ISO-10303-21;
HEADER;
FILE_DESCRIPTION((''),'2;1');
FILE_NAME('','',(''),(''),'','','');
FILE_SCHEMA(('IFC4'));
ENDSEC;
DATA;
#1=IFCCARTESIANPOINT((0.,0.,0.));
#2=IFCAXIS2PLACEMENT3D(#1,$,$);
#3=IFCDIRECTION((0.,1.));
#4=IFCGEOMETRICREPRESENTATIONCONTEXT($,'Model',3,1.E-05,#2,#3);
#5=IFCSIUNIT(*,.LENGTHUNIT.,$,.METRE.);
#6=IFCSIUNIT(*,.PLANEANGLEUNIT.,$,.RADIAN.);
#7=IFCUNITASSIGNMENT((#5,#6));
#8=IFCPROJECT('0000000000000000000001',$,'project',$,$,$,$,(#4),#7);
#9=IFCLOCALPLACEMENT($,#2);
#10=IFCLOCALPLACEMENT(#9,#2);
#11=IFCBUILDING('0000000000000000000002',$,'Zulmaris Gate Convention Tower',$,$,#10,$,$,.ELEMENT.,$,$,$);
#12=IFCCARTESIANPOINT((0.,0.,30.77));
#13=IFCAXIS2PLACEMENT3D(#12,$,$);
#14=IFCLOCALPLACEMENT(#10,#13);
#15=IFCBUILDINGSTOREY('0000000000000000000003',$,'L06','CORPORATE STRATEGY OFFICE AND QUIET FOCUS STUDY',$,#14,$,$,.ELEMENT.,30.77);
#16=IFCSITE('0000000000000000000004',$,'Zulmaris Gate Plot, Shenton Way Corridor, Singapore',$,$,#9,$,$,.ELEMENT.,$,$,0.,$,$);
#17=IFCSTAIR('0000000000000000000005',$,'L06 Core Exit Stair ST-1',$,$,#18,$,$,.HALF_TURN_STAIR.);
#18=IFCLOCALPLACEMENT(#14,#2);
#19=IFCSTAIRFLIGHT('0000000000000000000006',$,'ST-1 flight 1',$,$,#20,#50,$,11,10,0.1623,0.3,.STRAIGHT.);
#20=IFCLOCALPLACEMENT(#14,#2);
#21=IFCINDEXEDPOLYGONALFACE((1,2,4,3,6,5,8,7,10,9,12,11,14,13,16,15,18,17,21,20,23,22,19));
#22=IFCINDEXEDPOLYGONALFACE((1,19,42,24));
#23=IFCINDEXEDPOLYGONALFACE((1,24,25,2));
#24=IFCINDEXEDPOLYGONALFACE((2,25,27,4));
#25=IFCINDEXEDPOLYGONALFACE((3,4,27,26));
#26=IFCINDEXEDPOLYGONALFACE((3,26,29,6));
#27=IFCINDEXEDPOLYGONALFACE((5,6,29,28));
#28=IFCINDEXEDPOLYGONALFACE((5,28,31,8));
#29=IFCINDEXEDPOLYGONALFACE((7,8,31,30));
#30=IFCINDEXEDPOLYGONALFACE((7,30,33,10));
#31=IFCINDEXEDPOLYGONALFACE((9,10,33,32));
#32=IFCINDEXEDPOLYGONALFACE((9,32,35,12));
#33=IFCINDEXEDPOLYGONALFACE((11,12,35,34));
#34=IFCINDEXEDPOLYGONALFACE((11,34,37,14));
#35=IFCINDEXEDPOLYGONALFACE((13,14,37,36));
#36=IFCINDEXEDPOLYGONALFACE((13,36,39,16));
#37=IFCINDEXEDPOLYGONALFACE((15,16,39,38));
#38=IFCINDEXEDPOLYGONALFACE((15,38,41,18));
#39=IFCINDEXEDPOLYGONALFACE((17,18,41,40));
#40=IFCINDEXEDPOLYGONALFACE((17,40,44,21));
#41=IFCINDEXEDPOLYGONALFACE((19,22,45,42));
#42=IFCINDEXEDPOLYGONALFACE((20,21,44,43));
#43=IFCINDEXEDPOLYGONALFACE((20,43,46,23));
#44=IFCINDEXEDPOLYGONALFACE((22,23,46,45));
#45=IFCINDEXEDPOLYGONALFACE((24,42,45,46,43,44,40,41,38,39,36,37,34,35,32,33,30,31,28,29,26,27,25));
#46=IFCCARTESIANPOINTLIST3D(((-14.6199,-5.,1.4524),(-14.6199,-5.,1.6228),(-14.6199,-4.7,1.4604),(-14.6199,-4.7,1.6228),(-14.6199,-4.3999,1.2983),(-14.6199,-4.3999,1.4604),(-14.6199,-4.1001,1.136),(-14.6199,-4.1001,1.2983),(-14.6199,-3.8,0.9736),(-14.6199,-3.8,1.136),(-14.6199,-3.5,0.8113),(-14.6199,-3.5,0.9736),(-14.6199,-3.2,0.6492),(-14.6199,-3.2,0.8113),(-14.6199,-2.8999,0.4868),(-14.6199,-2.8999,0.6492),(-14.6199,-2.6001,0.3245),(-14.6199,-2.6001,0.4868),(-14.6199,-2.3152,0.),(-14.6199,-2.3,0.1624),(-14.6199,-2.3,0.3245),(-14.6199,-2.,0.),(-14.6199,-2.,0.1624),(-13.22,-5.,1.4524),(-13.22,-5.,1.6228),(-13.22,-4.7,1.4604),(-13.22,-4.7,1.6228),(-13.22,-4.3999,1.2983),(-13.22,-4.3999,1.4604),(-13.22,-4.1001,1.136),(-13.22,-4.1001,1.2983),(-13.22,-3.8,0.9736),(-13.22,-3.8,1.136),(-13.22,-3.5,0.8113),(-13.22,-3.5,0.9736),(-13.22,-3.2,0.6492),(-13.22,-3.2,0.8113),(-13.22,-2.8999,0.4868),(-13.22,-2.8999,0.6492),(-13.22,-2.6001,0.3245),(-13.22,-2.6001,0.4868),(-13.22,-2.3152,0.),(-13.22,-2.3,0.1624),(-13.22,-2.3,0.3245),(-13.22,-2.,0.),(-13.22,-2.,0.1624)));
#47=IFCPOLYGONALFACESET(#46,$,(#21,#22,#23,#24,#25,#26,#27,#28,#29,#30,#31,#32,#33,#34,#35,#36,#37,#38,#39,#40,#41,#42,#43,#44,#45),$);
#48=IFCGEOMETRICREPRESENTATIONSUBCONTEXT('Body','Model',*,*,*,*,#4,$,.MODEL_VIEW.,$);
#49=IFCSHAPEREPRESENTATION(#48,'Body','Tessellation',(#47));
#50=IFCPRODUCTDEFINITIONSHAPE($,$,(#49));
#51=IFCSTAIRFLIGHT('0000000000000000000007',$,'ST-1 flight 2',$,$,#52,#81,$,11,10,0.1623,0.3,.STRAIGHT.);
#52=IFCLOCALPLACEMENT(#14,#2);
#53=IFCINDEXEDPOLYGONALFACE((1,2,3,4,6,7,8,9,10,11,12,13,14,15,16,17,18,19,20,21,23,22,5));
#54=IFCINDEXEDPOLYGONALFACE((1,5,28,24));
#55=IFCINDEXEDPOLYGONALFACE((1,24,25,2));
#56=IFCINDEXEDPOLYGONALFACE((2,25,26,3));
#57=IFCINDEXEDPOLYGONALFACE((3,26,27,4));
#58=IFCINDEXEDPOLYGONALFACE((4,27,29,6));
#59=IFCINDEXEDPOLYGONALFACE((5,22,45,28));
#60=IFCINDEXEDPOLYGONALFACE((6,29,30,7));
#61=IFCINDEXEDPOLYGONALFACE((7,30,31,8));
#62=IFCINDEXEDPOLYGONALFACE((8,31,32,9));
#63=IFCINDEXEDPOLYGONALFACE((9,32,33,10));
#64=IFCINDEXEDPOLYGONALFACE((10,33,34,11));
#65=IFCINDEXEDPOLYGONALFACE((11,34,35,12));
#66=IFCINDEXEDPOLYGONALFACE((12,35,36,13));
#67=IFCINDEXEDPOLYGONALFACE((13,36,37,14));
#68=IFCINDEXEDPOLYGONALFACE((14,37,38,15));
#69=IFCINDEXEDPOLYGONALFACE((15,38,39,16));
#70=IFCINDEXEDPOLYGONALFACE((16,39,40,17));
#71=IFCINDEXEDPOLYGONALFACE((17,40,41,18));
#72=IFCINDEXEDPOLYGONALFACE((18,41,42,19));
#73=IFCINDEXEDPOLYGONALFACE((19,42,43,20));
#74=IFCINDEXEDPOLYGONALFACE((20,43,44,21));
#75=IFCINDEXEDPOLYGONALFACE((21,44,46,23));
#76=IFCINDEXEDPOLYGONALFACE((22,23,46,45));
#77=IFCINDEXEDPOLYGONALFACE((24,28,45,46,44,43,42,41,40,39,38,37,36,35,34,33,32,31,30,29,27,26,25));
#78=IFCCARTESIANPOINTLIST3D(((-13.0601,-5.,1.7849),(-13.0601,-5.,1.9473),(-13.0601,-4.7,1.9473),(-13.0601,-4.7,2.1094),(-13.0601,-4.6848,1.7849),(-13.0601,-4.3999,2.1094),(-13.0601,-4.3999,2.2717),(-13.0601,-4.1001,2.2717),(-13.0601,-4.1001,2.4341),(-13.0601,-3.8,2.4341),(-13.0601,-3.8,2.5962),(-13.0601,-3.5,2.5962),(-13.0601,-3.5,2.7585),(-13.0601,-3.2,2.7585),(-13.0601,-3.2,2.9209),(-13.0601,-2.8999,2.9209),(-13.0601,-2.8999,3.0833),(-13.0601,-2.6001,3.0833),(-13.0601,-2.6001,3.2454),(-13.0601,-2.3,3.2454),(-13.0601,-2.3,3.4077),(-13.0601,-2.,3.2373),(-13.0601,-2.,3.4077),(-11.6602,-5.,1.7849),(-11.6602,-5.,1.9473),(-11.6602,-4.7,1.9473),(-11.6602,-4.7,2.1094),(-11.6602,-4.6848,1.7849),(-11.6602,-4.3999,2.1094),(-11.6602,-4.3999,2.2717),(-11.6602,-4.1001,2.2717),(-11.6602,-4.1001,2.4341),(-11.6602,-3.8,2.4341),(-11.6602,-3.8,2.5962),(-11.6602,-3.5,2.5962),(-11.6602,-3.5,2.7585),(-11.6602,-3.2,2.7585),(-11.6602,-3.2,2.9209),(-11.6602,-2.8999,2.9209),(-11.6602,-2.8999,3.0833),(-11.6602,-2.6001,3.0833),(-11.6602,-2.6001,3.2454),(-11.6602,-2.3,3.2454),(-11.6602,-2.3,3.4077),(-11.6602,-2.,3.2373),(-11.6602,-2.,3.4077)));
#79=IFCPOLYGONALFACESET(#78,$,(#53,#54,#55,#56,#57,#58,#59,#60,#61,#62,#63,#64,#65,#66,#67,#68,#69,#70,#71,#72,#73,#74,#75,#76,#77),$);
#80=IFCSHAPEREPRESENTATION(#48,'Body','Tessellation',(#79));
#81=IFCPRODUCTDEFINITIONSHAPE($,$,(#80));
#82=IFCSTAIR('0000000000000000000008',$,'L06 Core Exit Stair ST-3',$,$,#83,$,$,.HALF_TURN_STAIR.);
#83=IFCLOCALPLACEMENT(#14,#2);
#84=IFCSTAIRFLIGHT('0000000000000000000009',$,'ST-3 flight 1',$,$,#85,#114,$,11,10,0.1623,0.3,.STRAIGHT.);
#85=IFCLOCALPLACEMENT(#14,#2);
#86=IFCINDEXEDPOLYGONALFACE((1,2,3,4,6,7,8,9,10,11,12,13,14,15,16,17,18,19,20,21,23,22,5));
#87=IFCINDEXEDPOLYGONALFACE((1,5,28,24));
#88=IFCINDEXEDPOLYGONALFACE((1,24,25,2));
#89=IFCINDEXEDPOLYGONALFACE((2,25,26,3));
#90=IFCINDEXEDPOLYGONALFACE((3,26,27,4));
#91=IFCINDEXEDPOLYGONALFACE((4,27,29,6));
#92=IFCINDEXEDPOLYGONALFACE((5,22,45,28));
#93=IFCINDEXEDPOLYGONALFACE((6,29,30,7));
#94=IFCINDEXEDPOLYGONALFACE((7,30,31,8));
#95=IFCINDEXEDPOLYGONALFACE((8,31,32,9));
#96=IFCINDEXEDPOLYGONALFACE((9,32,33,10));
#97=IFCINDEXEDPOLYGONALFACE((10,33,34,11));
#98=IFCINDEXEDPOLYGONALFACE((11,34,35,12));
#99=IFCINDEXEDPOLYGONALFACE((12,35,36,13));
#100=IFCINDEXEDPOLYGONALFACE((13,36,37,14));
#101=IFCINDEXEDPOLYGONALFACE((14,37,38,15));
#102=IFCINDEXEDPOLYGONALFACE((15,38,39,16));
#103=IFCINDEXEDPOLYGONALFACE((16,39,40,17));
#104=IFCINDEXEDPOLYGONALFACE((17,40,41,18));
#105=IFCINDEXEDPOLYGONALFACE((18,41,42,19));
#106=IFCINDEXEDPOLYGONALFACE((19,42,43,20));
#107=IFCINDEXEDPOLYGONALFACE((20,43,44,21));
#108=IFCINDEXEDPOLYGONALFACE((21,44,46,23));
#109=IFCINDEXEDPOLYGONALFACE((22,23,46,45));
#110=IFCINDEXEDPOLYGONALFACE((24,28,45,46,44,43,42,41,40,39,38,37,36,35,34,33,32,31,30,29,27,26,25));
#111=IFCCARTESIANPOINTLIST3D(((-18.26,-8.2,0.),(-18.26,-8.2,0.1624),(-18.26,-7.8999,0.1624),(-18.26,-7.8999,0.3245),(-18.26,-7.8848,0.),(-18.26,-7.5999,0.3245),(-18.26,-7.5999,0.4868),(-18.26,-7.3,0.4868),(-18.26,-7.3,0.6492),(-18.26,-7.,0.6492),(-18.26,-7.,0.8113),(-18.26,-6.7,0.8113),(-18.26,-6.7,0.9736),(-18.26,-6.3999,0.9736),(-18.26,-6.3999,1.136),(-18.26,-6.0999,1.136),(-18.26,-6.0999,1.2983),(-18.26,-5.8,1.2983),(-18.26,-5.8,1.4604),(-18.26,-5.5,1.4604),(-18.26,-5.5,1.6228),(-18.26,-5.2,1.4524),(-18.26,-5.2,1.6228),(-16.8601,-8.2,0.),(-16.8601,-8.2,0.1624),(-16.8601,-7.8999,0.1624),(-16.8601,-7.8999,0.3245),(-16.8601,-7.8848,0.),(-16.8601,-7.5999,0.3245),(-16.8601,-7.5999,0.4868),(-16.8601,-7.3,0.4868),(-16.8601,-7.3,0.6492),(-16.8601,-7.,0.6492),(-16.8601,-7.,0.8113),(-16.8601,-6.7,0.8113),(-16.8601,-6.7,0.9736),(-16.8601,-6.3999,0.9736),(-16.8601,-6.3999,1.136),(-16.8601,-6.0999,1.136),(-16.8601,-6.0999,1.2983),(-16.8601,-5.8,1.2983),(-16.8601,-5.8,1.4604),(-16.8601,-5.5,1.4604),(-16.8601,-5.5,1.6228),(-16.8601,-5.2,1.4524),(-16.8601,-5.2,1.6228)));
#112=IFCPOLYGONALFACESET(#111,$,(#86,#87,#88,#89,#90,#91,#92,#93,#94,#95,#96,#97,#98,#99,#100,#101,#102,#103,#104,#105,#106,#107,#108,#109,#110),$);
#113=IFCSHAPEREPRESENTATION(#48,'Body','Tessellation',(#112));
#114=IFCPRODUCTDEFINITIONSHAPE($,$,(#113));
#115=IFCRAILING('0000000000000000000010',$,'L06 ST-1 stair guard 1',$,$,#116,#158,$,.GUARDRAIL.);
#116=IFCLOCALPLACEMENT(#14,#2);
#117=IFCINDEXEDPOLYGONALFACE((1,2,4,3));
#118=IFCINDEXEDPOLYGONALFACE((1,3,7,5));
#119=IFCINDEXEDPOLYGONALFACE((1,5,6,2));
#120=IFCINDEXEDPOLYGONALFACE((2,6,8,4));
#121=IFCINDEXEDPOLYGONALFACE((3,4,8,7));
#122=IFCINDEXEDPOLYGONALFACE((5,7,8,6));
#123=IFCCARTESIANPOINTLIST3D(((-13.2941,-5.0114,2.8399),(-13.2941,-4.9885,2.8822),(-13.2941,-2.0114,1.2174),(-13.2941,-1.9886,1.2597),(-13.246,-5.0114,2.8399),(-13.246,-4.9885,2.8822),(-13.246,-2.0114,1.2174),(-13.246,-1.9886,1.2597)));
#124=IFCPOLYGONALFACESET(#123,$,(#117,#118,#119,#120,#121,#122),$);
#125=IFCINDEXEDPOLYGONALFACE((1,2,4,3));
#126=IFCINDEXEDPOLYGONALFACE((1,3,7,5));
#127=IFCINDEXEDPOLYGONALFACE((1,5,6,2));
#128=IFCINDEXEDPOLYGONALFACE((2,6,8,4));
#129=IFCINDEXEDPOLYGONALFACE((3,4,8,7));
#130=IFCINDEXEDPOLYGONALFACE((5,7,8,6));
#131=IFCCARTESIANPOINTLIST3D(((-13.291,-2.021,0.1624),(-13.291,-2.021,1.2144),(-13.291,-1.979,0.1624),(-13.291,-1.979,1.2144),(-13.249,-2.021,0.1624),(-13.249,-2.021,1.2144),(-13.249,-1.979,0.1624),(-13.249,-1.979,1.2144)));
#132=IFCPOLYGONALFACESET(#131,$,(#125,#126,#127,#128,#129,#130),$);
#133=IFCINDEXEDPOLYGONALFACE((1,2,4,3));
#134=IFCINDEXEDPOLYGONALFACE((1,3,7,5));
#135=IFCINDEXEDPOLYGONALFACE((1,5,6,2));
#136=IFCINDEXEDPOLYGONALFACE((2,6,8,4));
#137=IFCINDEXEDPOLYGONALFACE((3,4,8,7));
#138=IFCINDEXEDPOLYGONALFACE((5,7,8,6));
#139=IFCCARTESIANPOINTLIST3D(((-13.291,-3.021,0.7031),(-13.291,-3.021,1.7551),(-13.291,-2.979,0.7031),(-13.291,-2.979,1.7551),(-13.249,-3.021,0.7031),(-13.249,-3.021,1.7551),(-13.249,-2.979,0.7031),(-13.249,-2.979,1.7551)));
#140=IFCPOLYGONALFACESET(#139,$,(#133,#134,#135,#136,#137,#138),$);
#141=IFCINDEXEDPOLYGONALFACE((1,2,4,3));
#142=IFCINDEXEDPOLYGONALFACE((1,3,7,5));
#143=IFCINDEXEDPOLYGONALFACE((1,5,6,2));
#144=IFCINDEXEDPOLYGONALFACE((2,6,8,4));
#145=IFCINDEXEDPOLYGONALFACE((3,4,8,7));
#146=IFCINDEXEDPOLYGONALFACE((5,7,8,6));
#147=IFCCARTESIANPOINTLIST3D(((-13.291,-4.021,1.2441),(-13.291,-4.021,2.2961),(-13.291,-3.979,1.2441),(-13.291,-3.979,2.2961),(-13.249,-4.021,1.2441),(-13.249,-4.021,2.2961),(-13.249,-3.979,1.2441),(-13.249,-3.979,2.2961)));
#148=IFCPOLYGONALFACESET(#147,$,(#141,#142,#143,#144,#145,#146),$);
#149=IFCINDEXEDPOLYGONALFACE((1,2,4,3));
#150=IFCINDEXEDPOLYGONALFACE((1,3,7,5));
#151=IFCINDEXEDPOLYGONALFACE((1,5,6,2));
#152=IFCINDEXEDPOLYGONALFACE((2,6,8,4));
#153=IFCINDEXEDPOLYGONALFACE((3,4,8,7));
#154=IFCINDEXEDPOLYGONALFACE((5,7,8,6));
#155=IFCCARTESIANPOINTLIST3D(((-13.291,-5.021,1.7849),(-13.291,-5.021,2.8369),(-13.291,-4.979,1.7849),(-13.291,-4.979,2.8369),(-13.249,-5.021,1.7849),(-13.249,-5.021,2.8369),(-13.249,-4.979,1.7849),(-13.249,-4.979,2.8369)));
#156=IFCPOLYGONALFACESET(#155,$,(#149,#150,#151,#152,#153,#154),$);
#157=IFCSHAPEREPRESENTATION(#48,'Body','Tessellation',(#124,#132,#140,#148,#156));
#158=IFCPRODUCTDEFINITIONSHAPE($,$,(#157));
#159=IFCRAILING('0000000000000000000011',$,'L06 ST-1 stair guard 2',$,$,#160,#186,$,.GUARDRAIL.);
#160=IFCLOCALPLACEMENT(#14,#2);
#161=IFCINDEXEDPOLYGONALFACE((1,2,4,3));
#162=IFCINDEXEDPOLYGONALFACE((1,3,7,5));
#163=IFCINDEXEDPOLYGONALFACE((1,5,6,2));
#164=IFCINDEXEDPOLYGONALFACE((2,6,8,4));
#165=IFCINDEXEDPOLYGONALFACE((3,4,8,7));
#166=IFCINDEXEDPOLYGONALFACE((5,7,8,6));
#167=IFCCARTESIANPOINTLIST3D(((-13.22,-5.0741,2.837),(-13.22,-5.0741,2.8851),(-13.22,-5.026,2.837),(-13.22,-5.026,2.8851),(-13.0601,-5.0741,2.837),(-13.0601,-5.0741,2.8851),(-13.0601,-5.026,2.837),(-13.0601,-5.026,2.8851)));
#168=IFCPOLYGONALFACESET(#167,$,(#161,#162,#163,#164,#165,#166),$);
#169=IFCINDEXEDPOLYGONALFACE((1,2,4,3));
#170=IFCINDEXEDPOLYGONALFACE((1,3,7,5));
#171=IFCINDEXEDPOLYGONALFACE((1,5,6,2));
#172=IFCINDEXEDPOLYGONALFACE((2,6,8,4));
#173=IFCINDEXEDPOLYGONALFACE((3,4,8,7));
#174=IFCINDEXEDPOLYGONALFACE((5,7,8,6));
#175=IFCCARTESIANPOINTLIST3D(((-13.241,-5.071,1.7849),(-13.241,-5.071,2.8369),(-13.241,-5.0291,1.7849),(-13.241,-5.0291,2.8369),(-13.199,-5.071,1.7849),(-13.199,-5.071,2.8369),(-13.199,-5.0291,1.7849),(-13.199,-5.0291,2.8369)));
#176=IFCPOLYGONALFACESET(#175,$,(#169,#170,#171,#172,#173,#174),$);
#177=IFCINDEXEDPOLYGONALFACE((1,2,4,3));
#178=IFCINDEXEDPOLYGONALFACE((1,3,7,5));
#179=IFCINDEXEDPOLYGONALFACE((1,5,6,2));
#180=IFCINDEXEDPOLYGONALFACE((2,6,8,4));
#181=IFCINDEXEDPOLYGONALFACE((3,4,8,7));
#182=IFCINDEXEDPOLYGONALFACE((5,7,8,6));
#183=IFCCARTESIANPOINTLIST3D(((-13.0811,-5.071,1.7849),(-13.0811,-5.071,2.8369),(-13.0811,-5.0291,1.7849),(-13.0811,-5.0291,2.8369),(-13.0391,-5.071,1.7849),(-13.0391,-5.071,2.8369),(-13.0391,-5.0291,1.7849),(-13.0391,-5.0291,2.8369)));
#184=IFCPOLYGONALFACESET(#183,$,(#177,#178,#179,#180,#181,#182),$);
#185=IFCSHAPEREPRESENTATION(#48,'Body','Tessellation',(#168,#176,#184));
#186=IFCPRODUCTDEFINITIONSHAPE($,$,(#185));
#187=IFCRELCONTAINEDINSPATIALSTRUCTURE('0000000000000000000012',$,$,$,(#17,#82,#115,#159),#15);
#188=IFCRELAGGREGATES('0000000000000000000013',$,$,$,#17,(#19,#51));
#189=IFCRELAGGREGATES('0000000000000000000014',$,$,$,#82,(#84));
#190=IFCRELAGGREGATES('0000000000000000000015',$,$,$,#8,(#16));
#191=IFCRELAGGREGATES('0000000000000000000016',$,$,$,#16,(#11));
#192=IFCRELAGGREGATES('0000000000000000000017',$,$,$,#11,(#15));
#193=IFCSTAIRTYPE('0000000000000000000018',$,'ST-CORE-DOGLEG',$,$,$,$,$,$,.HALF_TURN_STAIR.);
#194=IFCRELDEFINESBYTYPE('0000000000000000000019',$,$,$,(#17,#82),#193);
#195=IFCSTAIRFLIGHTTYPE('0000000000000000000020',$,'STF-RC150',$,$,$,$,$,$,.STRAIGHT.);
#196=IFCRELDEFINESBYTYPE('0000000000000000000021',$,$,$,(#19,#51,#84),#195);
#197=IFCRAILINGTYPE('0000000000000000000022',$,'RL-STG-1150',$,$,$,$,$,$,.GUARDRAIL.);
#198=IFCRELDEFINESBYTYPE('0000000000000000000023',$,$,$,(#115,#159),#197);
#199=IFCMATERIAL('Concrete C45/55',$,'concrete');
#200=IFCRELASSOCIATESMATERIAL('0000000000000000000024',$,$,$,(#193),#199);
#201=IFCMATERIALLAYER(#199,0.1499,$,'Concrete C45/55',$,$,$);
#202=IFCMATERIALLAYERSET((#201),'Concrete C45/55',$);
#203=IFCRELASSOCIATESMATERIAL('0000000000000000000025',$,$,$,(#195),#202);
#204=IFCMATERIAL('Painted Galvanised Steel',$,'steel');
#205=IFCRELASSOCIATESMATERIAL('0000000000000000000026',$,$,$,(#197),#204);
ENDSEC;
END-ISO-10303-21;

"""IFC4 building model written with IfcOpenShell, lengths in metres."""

from ifc_helpers import new_model, si_unit, direction, frame, origin, origin_2d, place, context, subcontext, project, spatial, polyline, rectangle, outline, extrude, material, layer, layer_set, type_object, element, aggregate, save


model = new_model("IFC4")

# Units and contexts
model_context = context("Model", 3, precision=1e-05, world=origin(), true_north=direction((0.0, 1.0)))
body_context = subcontext(model_context, "Body", "Model", "MODEL_VIEW")
ifc_project = project(units=[si_unit("LENGTHUNIT", "METRE"), si_unit("PLANEANGLEUNIT", "RADIAN")], contexts=[model_context])

# Site, building, storey
site_placement = place(None, origin())
site = spatial("IfcSite", under=ifc_project, at=site_placement, Name="Zulmaris Gate Plot, Shenton Way Corridor, Singapore", CompositionType="ELEMENT", RefElevation=0.0)
building_placement = place(site_placement, origin())
building = spatial("IfcBuilding", under=site, at=building_placement, Name="Zulmaris Gate Convention Tower", CompositionType="ELEMENT")
storey_placement = place(building_placement, frame((0.0, 0.0, 30.77)))
storey = spatial("IfcBuildingStorey", under=building, at=storey_placement, Name="L06", Description="CORPORATE STRATEGY OFFICE AND QUIET FOCUS STUDY", CompositionType="ELEMENT", Elevation=30.77)

# Stair, stair flights
ifc_material_1 = material(Name="Concrete C45/55", Category="concrete")
stair_type = type_object("IfcStairType", Name="ST-CORE-DOGLEG", PredefinedType="HALF_TURN_STAIR", material=ifc_material_1)
stair_1_placement = place(storey_placement, origin())
stair_1 = element("IfcStair", 1, at=stair_1_placement, inside=storey, type_object=stair_type, Name="L06 Core Exit Stair ST-1", PredefinedType="HALF_TURN_STAIR")
ifc_layer_1 = layer(ifc_material_1, 0.1499, Name="Concrete C45/55")
ifc_layer_set_1 = layer_set([ifc_layer_1], Name="Concrete C45/55")
stair_flight_type = type_object("IfcStairFlightType", Name="STF-RC150", PredefinedType="STRAIGHT", material=ifc_layer_set_1)
stair_flight_1_placement = place(storey_placement, frame((-13.9199, -2.0, 0.0), z_axis=(0.0, 0.0, 1.0), x_axis=(0.0, -1.0, 0.0)))
stair_flight_1 = element("IfcStairFlight", 2, at=stair_flight_1_placement, type_object=stair_flight_type, Name="ST-1 flight 1", NumberOfRisers=11, NumberOfTreads=10, PredefinedType="STRAIGHT", RiserHeight=0.1623, TreadLength=0.3, context=body_context, shape_type="SweptSolid", body=[
    extrude(outline(polyline([(0.0, 0.0), (0.0, 0.1624), (0.3, 0.1624), (0.3, 0.3245), (0.6001, 0.3245), (0.6001, 0.4868), (0.8999, 0.4868), (0.8999, 0.6492), (1.2, 0.6492), (1.2, 0.8113), (1.5, 0.8113), (1.5, 0.9736), (1.8, 0.9736), (1.8, 1.136), (2.1001, 1.136), (2.1001, 1.2983), (2.3999, 1.2983), (2.3999, 1.4604), (2.7, 1.4604), (2.7, 1.6228), (3.0, 1.6228), (3.0, 1.7852), (3.0, 1.4524), (0.3152, 0.0), (0.0, 0.0)])), frame((0.0, 0.7, 0.0), z_axis=(0.0, -1.0, 0.0), x_axis=(1.0, 0.0, 0.0)), (0.0, 0.0, 1.0), 1.3999),
])
stair_flight_2_placement = place(storey_placement, frame((-12.3601, -5.0, 1.7849), z_axis=(0.0, 0.0, 1.0), x_axis=(0.0, 1.0, 0.0)))
stair_flight_2 = element("IfcStairFlight", 3, at=stair_flight_2_placement, type_object=stair_flight_type, Name="ST-1 flight 2", NumberOfRisers=11, NumberOfTreads=10, PredefinedType="STRAIGHT", RiserHeight=0.1623, TreadLength=0.3, context=body_context, shape_type="SweptSolid", body=[
    extrude(outline(polyline([(0.0, 0.0), (0.0, 0.1624), (0.3, 0.1624), (0.3, 0.3245), (0.6001, 0.3245), (0.6001, 0.4868), (0.8999, 0.4868), (0.8999, 0.6492), (1.2, 0.6492), (1.2, 0.8113), (1.5, 0.8113), (1.5, 0.9736), (1.8, 0.9736), (1.8, 1.136), (2.1001, 1.136), (2.1001, 1.2983), (2.3999, 1.2983), (2.3999, 1.4604), (2.7, 1.4604), (2.7, 1.6228), (3.0, 1.6228), (3.0, 1.7852), (3.0, 1.4524), (0.3152, 0.0), (0.0, 0.0)])), frame((0.0, 0.7, 0.0), z_axis=(0.0, -1.0, 0.0), x_axis=(1.0, 0.0, 0.0)), (0.0, 0.0, 1.0), 1.3999),
])
aggregate(stair_1, [stair_flight_1, stair_flight_2])

# Stair, stair flight
stair_2_placement = place(storey_placement, origin())
stair_2 = element("IfcStair", 4, at=stair_2_placement, inside=storey, type_object=stair_type, Name="L06 Core Exit Stair ST-3", PredefinedType="HALF_TURN_STAIR")
stair_flight_3_placement = place(storey_placement, frame((-17.5601, -8.2, 0.0), z_axis=(0.0, 0.0, 1.0), x_axis=(0.0, 1.0, 0.0)))
stair_flight_3 = element("IfcStairFlight", 5, at=stair_flight_3_placement, type_object=stair_flight_type, Name="ST-3 flight 1", NumberOfRisers=11, NumberOfTreads=10, PredefinedType="STRAIGHT", RiserHeight=0.1623, TreadLength=0.3, context=body_context, shape_type="SweptSolid", body=[
    extrude(outline(polyline([(0.0, 0.0), (0.0, 0.1624), (0.3, 0.1624), (0.3, 0.3245), (0.6001, 0.3245), (0.6001, 0.4868), (0.8999, 0.4868), (0.8999, 0.6492), (1.2, 0.6492), (1.2, 0.8113), (1.5, 0.8113), (1.5, 0.9736), (1.8, 0.9736), (1.8, 1.136), (2.1001, 1.136), (2.1001, 1.2983), (2.3999, 1.2983), (2.3999, 1.4604), (2.7, 1.4604), (2.7, 1.6228), (3.0, 1.6228), (3.0, 1.7852), (3.0, 1.4524), (0.3152, 0.0), (0.0, 0.0)])), frame((0.0, 0.7, 0.0), z_axis=(0.0, -1.0, 0.0), x_axis=(1.0, 0.0, 0.0)), (0.0, 0.0, 1.0), 1.3999),
])
aggregate(stair_2, [stair_flight_3])

# Railings
ifc_material_2 = material(Name="Painted Galvanised Steel", Category="steel")
railing_type_1 = type_object("IfcRailingType", Name="RL-STG-1150", PredefinedType="GUARDRAIL", material=ifc_material_2)
railing_1_placement = place(storey_placement, frame((-13.27, -2.0, 0.1624)))
element("IfcRailing", 6, at=railing_1_placement, inside=storey, type_object=railing_type_1, Name="L06 ST-1 stair guard 1", PredefinedType="GUARDRAIL", context=body_context, shape_type="SweptSolid", body=[
    extrude(rectangle(XDim=0.0481, YDim=0.0481, at=origin_2d()), frame((0.0, 0.0, 1.0762), z_axis=(0.0, -0.879592, 0.47573), x_axis=(1.0, 0.0, 0.0)), (0.0, 0.0, 1.0), 3.4106),
    extrude(rectangle(XDim=0.042, YDim=0.042, at=origin_2d()), origin(), (0.0, 0.0, 1.0), 1.052),
    extrude(rectangle(XDim=0.042, YDim=0.042, at=origin_2d()), frame((0.0, -1.0, 0.5408)), (0.0, 0.0, 1.0), 1.052),
    extrude(rectangle(XDim=0.042, YDim=0.042, at=origin_2d()), frame((0.0, -2.0, 1.0818)), (0.0, 0.0, 1.0), 1.052),
    extrude(rectangle(XDim=0.042, YDim=0.042, at=origin_2d()), frame((0.0, -3.0, 1.6226)), (0.0, 0.0, 1.0), 1.052),
])
railing_2_placement = place(storey_placement, frame((-13.22, -5.05, 1.7849)))
element("IfcRailing", 7, at=railing_2_placement, inside=storey, type_object=railing_type_1, Name="L06 ST-1 stair guard 2", PredefinedType="GUARDRAIL", context=body_context, shape_type="SweptSolid", body=[
    extrude(rectangle(XDim=0.0481, YDim=0.0481, at=origin_2d()), frame((0.0, 0.0, 1.0762), z_axis=(1.0, 0.0, 0.0), x_axis=(0.0, 1.0, 0.0)), (0.0, 0.0, 1.0), 0.1599),
    extrude(rectangle(XDim=0.042, YDim=0.042, at=origin_2d()), origin(), (0.0, 0.0, 1.0), 1.052),
    extrude(rectangle(XDim=0.042, YDim=0.042, at=origin_2d()), frame((0.1599, 0.0, 0.0)), (0.0, 0.0, 1.0), 1.052),
])

save(model, "model.ifc")
